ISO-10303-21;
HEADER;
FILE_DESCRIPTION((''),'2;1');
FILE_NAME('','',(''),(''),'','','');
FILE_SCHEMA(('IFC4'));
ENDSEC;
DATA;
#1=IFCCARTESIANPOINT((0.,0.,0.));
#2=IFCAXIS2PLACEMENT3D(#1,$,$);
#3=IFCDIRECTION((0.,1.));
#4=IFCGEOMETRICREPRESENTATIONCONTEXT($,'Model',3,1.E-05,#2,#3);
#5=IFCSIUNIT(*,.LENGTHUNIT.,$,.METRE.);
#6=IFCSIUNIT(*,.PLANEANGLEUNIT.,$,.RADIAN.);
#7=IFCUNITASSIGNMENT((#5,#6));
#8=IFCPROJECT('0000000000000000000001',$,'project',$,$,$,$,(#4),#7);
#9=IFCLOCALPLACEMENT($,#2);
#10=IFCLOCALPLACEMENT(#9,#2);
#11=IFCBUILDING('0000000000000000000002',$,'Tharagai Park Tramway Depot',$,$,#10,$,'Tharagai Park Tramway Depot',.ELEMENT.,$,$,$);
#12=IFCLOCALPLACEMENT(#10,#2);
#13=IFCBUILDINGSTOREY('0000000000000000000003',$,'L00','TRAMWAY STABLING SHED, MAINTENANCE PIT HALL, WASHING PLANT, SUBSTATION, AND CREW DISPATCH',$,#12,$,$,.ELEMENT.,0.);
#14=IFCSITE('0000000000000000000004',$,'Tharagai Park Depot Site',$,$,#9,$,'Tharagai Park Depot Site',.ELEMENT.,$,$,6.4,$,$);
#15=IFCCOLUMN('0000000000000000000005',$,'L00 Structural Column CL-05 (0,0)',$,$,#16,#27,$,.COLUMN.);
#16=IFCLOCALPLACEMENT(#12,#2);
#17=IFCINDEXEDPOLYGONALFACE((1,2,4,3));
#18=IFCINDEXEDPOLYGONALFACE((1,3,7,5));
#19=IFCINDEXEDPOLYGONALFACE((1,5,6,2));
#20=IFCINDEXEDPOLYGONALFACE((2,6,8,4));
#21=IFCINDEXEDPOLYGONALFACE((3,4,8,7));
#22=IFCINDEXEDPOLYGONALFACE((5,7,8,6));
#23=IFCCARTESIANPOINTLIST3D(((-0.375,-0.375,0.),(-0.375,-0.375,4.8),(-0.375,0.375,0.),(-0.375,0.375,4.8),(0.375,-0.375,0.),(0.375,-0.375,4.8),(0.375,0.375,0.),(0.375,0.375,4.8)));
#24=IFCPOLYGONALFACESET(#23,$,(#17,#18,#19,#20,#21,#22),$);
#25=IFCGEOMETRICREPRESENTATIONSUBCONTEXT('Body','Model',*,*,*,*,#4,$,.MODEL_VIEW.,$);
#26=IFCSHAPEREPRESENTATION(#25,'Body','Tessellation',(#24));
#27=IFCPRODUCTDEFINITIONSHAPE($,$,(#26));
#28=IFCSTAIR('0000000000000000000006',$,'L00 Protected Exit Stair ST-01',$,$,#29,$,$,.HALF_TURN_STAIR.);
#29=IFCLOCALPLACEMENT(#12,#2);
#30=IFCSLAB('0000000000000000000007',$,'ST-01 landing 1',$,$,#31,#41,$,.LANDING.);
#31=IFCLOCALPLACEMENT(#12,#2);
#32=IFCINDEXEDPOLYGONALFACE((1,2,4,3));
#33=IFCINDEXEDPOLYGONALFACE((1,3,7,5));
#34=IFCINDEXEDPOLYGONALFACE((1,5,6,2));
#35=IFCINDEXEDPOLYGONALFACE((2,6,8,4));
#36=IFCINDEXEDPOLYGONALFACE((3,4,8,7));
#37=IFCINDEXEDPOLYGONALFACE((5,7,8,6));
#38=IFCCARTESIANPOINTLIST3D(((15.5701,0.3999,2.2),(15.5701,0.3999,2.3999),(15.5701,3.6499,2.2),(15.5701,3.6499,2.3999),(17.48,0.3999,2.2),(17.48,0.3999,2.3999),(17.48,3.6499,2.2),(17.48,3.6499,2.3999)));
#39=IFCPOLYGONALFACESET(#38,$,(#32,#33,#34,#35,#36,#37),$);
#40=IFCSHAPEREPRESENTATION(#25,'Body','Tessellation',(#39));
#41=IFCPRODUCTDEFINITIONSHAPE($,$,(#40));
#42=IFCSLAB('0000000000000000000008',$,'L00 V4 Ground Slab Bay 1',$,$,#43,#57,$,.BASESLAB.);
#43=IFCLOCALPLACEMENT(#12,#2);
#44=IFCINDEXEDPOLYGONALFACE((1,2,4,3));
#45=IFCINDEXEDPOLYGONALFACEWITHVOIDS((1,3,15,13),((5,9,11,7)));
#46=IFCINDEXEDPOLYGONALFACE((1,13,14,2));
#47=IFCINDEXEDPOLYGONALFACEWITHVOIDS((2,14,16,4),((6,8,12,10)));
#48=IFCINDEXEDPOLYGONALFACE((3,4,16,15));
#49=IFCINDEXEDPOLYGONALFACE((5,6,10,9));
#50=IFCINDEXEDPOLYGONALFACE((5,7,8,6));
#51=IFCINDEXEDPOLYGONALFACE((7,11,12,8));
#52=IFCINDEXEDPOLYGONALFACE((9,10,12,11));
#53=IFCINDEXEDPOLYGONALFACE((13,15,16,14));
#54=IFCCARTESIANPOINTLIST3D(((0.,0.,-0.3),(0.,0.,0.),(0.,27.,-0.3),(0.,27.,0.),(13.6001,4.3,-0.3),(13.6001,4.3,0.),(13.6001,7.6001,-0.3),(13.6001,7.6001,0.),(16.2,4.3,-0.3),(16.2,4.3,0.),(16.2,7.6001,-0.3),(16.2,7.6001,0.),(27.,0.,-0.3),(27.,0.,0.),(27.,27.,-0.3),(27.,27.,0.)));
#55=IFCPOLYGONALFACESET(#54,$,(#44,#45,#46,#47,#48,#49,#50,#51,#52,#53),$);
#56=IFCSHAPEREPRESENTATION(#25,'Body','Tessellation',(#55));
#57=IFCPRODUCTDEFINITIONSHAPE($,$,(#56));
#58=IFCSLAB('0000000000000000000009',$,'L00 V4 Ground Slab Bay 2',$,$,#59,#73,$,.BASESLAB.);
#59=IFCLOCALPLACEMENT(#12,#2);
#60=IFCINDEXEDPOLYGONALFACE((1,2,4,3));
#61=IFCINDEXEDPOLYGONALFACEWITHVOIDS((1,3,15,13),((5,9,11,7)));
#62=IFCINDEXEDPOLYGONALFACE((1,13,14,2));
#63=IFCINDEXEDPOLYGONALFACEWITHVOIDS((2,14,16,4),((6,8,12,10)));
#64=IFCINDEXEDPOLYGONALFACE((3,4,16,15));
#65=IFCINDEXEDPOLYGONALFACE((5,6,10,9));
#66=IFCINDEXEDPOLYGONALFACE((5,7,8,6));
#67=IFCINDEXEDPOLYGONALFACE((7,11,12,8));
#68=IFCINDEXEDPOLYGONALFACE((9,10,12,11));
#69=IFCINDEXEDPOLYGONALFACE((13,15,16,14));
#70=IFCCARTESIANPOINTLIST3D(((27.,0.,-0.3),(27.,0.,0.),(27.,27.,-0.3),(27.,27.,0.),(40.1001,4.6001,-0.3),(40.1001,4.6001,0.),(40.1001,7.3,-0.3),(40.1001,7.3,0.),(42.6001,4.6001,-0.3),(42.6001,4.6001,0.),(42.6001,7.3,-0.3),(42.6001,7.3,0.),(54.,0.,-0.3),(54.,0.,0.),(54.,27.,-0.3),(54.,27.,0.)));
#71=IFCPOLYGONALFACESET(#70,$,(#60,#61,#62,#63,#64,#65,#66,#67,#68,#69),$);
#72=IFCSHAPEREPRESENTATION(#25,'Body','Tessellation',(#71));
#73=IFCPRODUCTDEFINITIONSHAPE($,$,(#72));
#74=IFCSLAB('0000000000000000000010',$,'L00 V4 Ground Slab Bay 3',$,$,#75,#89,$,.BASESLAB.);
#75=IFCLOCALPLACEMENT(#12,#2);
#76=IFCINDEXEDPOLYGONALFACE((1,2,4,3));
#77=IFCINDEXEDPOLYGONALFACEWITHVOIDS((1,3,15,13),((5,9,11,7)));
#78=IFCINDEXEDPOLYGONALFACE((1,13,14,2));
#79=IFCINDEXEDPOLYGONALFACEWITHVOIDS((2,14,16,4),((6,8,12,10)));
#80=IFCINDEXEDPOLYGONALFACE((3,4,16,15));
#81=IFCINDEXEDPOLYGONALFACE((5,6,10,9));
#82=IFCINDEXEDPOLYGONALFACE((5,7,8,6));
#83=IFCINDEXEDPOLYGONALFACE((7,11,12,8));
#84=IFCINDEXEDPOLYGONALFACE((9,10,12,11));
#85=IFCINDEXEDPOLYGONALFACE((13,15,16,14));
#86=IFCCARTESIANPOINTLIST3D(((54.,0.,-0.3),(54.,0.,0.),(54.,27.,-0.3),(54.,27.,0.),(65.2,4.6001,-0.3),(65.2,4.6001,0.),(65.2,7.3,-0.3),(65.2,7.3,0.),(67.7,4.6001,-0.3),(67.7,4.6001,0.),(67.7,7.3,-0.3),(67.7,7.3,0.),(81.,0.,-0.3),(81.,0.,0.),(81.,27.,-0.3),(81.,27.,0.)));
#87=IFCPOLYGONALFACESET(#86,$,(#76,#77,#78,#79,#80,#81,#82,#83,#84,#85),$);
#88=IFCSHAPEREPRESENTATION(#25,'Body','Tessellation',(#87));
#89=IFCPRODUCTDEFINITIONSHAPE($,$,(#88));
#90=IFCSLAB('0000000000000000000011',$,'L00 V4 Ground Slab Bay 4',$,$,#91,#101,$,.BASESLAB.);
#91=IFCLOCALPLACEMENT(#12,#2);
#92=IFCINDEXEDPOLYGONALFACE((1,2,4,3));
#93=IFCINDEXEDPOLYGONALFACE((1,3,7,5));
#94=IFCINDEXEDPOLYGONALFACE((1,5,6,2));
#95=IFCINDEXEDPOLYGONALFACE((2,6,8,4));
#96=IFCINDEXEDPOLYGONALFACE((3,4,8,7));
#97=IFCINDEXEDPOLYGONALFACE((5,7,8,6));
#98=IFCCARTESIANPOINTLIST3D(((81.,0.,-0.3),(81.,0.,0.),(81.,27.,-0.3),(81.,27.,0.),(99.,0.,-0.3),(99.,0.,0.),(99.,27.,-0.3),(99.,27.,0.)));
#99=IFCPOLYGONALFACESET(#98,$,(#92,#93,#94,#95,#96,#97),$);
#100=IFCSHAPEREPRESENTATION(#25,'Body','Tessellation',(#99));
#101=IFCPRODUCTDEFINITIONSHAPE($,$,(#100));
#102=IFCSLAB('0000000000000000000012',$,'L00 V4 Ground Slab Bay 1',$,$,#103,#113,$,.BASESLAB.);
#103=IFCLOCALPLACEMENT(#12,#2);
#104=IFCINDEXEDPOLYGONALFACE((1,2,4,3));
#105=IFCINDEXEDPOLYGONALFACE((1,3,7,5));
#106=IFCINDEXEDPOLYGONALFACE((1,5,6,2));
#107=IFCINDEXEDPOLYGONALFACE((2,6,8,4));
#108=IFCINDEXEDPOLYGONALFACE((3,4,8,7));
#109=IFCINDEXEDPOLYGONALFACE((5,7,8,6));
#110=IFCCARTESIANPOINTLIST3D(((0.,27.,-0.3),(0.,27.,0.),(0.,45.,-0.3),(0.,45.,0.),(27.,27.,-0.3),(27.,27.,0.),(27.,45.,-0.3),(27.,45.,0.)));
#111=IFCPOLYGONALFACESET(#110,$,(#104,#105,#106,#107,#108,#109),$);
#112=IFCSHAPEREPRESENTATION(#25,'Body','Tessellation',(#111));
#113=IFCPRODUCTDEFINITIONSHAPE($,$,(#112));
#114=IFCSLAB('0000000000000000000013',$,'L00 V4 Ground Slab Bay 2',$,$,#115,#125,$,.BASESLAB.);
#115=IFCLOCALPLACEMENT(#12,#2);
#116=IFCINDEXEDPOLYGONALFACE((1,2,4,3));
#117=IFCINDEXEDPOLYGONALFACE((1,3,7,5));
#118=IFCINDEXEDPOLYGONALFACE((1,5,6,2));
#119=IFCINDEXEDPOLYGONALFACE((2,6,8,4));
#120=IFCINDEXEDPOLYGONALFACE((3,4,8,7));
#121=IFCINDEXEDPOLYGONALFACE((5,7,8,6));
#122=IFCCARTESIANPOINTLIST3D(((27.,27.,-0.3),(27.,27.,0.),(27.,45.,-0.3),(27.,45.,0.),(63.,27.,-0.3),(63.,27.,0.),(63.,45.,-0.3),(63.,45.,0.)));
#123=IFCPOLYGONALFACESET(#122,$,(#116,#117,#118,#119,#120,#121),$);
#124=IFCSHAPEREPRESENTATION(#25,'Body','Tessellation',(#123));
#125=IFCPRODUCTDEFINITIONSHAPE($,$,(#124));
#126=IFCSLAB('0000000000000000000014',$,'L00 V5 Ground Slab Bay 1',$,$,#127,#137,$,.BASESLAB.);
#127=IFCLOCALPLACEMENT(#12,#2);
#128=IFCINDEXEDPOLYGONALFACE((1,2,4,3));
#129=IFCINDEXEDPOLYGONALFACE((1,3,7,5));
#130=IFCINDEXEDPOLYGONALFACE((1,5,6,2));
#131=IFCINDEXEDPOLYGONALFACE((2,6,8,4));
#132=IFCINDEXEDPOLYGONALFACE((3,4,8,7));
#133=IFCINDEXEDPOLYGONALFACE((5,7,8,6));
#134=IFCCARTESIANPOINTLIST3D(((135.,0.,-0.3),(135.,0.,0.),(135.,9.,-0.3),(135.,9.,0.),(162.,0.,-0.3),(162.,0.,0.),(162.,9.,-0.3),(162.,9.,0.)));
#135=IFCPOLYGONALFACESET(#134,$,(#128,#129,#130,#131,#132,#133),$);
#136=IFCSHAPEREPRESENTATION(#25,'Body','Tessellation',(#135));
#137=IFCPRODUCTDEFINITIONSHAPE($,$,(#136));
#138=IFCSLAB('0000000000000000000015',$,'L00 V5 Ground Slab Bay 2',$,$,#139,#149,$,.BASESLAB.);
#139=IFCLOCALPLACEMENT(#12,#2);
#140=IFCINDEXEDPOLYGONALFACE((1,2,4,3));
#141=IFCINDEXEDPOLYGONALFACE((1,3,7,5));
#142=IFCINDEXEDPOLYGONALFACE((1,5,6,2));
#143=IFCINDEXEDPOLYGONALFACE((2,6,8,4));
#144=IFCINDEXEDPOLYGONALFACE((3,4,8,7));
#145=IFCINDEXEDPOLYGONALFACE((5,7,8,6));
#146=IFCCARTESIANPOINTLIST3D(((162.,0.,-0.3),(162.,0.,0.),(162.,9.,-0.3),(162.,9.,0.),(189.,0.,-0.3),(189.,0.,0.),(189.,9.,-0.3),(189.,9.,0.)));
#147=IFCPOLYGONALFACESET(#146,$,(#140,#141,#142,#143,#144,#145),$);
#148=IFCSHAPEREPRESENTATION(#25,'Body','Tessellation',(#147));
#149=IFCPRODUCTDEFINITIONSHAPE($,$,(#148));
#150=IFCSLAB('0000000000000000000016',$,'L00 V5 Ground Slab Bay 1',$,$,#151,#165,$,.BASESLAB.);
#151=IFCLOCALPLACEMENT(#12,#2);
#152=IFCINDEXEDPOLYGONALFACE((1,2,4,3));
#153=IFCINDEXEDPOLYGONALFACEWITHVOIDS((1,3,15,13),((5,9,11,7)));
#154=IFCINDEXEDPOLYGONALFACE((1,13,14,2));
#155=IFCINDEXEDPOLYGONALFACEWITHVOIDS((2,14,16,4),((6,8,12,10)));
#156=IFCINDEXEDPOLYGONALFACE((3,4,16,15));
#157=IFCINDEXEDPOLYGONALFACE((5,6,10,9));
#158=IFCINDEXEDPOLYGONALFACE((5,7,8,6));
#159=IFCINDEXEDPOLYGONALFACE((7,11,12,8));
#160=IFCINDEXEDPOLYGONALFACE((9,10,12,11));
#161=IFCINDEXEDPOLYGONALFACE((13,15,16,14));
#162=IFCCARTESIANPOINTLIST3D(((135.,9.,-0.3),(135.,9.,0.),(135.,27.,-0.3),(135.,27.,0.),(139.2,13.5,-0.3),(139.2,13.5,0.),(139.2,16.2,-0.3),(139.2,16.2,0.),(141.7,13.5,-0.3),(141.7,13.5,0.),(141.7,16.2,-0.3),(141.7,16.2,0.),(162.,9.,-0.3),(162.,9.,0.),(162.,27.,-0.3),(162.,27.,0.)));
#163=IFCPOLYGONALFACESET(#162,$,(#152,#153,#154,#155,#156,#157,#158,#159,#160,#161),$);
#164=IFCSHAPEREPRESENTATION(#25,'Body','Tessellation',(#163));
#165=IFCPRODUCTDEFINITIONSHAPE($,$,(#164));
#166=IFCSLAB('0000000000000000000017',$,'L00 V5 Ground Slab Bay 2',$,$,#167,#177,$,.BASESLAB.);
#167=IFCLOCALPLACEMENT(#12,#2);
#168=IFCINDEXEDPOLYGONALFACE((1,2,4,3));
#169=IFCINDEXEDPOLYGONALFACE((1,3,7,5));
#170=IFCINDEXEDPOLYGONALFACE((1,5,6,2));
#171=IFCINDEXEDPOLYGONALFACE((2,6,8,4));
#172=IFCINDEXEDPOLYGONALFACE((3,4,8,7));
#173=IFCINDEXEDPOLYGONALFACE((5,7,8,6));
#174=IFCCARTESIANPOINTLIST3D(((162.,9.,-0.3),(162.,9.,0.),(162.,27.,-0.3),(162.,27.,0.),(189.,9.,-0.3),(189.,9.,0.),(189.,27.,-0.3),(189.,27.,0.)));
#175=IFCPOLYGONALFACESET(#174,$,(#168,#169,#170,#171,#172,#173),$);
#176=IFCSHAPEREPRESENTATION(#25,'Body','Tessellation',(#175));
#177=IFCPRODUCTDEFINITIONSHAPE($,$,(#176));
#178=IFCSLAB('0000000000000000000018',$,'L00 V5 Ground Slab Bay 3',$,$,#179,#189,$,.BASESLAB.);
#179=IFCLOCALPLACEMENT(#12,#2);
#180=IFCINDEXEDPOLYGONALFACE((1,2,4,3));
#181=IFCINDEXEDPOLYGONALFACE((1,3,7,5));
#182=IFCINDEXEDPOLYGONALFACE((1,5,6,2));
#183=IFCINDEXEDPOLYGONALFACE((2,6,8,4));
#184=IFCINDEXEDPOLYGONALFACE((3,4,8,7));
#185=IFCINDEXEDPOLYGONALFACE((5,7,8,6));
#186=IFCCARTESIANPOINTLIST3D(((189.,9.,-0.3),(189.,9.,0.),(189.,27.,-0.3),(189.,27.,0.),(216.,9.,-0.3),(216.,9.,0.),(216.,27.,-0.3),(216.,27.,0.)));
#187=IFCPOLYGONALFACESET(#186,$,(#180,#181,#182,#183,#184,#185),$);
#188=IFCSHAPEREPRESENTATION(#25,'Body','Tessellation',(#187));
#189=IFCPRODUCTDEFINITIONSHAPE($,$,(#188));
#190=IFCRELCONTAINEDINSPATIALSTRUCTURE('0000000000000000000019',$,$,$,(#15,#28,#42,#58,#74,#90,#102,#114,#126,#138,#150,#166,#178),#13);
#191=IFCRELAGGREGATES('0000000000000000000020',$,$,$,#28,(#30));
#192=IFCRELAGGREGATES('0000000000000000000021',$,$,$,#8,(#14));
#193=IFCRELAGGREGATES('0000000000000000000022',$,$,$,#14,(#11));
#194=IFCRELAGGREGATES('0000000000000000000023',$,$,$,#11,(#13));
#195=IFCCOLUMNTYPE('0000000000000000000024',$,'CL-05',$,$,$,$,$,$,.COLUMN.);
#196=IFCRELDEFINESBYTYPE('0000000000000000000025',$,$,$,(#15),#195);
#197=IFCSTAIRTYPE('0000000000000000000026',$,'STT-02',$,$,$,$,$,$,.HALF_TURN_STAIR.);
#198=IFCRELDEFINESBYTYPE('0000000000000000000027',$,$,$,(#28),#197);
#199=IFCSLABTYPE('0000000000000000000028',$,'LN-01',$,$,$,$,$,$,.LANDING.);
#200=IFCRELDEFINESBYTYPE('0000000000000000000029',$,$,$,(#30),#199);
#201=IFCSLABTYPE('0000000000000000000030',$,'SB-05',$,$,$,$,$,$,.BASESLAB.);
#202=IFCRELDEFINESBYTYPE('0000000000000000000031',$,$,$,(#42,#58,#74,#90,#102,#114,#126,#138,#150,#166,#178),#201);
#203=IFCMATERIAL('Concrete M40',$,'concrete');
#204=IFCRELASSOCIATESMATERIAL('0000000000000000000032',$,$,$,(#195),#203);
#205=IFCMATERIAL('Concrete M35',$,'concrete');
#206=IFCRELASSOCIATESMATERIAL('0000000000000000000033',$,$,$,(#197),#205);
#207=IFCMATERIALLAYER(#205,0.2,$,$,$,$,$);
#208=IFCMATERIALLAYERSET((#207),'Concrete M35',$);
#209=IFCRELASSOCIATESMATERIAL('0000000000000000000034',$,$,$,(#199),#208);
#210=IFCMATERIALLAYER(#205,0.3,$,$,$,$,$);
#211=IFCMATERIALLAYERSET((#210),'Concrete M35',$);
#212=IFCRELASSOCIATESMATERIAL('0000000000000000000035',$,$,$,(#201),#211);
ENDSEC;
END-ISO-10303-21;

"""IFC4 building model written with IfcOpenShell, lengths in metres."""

from ifc_helpers import new_model, si_unit, direction, frame, origin, origin_with_axes, origin_2d, place, context, subcontext, project, spatial, polyline, rectangle, outline, extrude, material, layer, layer_set, material_profile, profile_set, type_object, element, aggregate, save


model = new_model("IFC4")

# Units and contexts
model_context = context("Model", 3, precision=1e-05, world=origin(), true_north=direction((0.0, 1.0)))
body_context = subcontext(model_context, "Body", "Model", "MODEL_VIEW")
ifc_project = project(units=[si_unit("LENGTHUNIT", "METRE"), si_unit("PLANEANGLEUNIT", "RADIAN")], contexts=[model_context])

# Site, building, storey
site_placement = place(None, origin())
site = spatial("IfcSite", under=ifc_project, at=site_placement, Name="Tharagai Park Depot Site", LongName="Tharagai Park Depot Site", CompositionType="ELEMENT", RefElevation=6.4)
building_placement = place(site_placement, origin())
building = spatial("IfcBuilding", under=site, at=building_placement, Name="Tharagai Park Tramway Depot", LongName="Tharagai Park Tramway Depot", CompositionType="ELEMENT")
storey_placement = place(building_placement, origin())
storey = spatial("IfcBuildingStorey", under=building, at=storey_placement, Name="L00", Description="TRAMWAY STABLING SHED, MAINTENANCE PIT HALL, WASHING PLANT, SUBSTATION, AND CREW DISPATCH", CompositionType="ELEMENT", Elevation=0.0)

# Column
ifc_material_1 = material(Name="Concrete M40", Category="concrete")
ifc_material_profile = material_profile(ifc_material_1, rectangle(XDim=0.75, YDim=0.75, at=origin_2d()), Name="RC 750x750")
ifc_profile_set = profile_set([ifc_material_profile], Name="Concrete M40")
column_type = type_object("IfcColumnType", Name="CL-05", PredefinedType="COLUMN", material=ifc_profile_set)
column_placement = place(storey_placement, origin_with_axes())
element("IfcColumn", 1, at=column_placement, inside=storey, type_object=column_type, Name="L00 Structural Column CL-05 (0,0)", PredefinedType="COLUMN", context=body_context, shape_type="SweptSolid", body=[
    extrude(rectangle(XDim=0.75, YDim=0.75, at=origin_2d()), origin(), (0.0, 0.0, 1.0), 4.8),
])

# Stair, slab
ifc_material_2 = material(Name="Concrete M35", Category="concrete")
stair_type = type_object("IfcStairType", Name="STT-02", PredefinedType="HALF_TURN_STAIR", material=ifc_material_2)
stair_placement = place(storey_placement, origin())
stair = element("IfcStair", 2, at=stair_placement, inside=storey, type_object=stair_type, Name="L00 Protected Exit Stair ST-01", PredefinedType="HALF_TURN_STAIR")
ifc_layer_1 = layer(ifc_material_2, 0.2)
ifc_layer_set_1 = layer_set([ifc_layer_1], Name="Concrete M35")
slab_type_1 = type_object("IfcSlabType", Name="LN-01", PredefinedType="LANDING", material=ifc_layer_set_1)
slab_1_placement = place(storey_placement, frame((0.0, 0.0, 2.2)))
slab_1 = element("IfcSlab", 3, at=slab_1_placement, type_object=slab_type_1, Name="ST-01 landing 1", PredefinedType="LANDING", context=body_context, shape_type="SweptSolid", body=[
    extrude(outline(polyline([(15.5701, 0.3999), (17.48, 0.3999), (17.48, 3.6499), (15.5701, 3.6499), (15.5701, 0.3999)])), origin(), (0.0, 0.0, 1.0), 0.2),
])
aggregate(stair, [slab_1])

# Slabs
ifc_layer_2 = layer(ifc_material_2, 0.3)
ifc_layer_set_2 = layer_set([ifc_layer_2], Name="Concrete M35")
slab_type_2 = type_object("IfcSlabType", Name="SB-05", PredefinedType="BASESLAB", material=ifc_layer_set_2)
slab_2_placement = place(storey_placement, frame((0.0, 0.0, -0.3)))
element("IfcSlab", 4, at=slab_2_placement, inside=storey, type_object=slab_type_2, Name="L00 V4 Ground Slab Bay 1", PredefinedType="BASESLAB", context=body_context, shape_type="SweptSolid", body=[
    extrude(outline(polyline([(0.0, 0.0), (27.0, 0.0), (27.0, 27.0), (0.0, 27.0), (0.0, 0.0)]), holes=[polyline([(13.6001, 4.3), (16.2, 4.3), (16.2, 7.6001), (13.6001, 7.6001), (13.6001, 4.3)])]), origin(), (0.0, 0.0, 1.0), 0.3),
])
slab_3_placement = place(storey_placement, frame((0.0, 0.0, -0.3)))
element("IfcSlab", 5, at=slab_3_placement, inside=storey, type_object=slab_type_2, Name="L00 V4 Ground Slab Bay 2", PredefinedType="BASESLAB", context=body_context, shape_type="SweptSolid", body=[
    extrude(outline(polyline([(27.0, 0.0), (54.0, 0.0), (54.0, 27.0), (27.0, 27.0), (27.0, 0.0)]), holes=[polyline([(40.1001, 4.6001), (42.6001, 4.6001), (42.6001, 7.3), (40.1001, 7.3), (40.1001, 4.6001)])]), origin(), (0.0, 0.0, 1.0), 0.3),
])
slab_4_placement = place(storey_placement, frame((0.0, 0.0, -0.3)))
element("IfcSlab", 6, at=slab_4_placement, inside=storey, type_object=slab_type_2, Name="L00 V4 Ground Slab Bay 3", PredefinedType="BASESLAB", context=body_context, shape_type="SweptSolid", body=[
    extrude(outline(polyline([(54.0, 0.0), (81.0, 0.0), (81.0, 27.0), (54.0, 27.0), (54.0, 0.0)]), holes=[polyline([(65.2, 4.6001), (67.7, 4.6001), (67.7, 7.3), (65.2, 7.3), (65.2, 4.6001)])]), origin(), (0.0, 0.0, 1.0), 0.3),
])
slab_5_placement = place(storey_placement, frame((0.0, 0.0, -0.3)))
element("IfcSlab", 7, at=slab_5_placement, inside=storey, type_object=slab_type_2, Name="L00 V4 Ground Slab Bay 4", PredefinedType="BASESLAB", context=body_context, shape_type="SweptSolid", body=[
    extrude(outline(polyline([(81.0, 0.0), (99.0, 0.0), (99.0, 27.0), (81.0, 27.0), (81.0, 0.0)])), origin(), (0.0, 0.0, 1.0), 0.3),
])
slab_6_placement = place(storey_placement, frame((0.0, 0.0, -0.3)))
element("IfcSlab", 8, at=slab_6_placement, inside=storey, type_object=slab_type_2, Name="L00 V4 Ground Slab Bay 1", PredefinedType="BASESLAB", context=body_context, shape_type="SweptSolid", body=[
    extrude(outline(polyline([(0.0, 27.0), (27.0, 27.0), (27.0, 45.0), (0.0, 45.0), (0.0, 27.0)])), origin(), (0.0, 0.0, 1.0), 0.3),
])
slab_7_placement = place(storey_placement, frame((0.0, 0.0, -0.3)))
element("IfcSlab", 9, at=slab_7_placement, inside=storey, type_object=slab_type_2, Name="L00 V4 Ground Slab Bay 2", PredefinedType="BASESLAB", context=body_context, shape_type="SweptSolid", body=[
    extrude(outline(polyline([(27.0, 27.0), (63.0, 27.0), (63.0, 45.0), (27.0, 45.0), (27.0, 27.0)])), origin(), (0.0, 0.0, 1.0), 0.3),
])
slab_8_placement = place(storey_placement, frame((0.0, 0.0, -0.3)))
element("IfcSlab", 10, at=slab_8_placement, inside=storey, type_object=slab_type_2, Name="L00 V5 Ground Slab Bay 1", PredefinedType="BASESLAB", context=body_context, shape_type="SweptSolid", body=[
    extrude(outline(polyline([(135.0, 0.0), (162.0, 0.0), (162.0, 9.0), (135.0, 9.0), (135.0, 0.0)])), origin(), (0.0, 0.0, 1.0), 0.3),
])
slab_9_placement = place(storey_placement, frame((0.0, 0.0, -0.3)))
element("IfcSlab", 11, at=slab_9_placement, inside=storey, type_object=slab_type_2, Name="L00 V5 Ground Slab Bay 2", PredefinedType="BASESLAB", context=body_context, shape_type="SweptSolid", body=[
    extrude(outline(polyline([(162.0, 0.0), (189.0, 0.0), (189.0, 9.0), (162.0, 9.0), (162.0, 0.0)])), origin(), (0.0, 0.0, 1.0), 0.3),
])
slab_10_placement = place(storey_placement, frame((0.0, 0.0, -0.3)))
element("IfcSlab", 12, at=slab_10_placement, inside=storey, type_object=slab_type_2, Name="L00 V5 Ground Slab Bay 1", PredefinedType="BASESLAB", context=body_context, shape_type="SweptSolid", body=[
    extrude(outline(polyline([(135.0, 9.0), (162.0, 9.0), (162.0, 27.0), (135.0, 27.0), (135.0, 9.0)]), holes=[polyline([(139.2, 13.5), (141.7, 13.5), (141.7, 16.2), (139.2, 16.2), (139.2, 13.5)])]), origin(), (0.0, 0.0, 1.0), 0.3),
])
slab_11_placement = place(storey_placement, frame((0.0, 0.0, -0.3)))
element("IfcSlab", 13, at=slab_11_placement, inside=storey, type_object=slab_type_2, Name="L00 V5 Ground Slab Bay 2", PredefinedType="BASESLAB", context=body_context, shape_type="SweptSolid", body=[
    extrude(outline(polyline([(162.0, 9.0), (189.0, 9.0), (189.0, 27.0), (162.0, 27.0), (162.0, 9.0)])), origin(), (0.0, 0.0, 1.0), 0.3),
])
slab_12_placement = place(storey_placement, frame((0.0, 0.0, -0.3)))
element("IfcSlab", 14, at=slab_12_placement, inside=storey, type_object=slab_type_2, Name="L00 V5 Ground Slab Bay 3", PredefinedType="BASESLAB", context=body_context, shape_type="SweptSolid", body=[
    extrude(outline(polyline([(189.0, 9.0), (216.0, 9.0), (216.0, 27.0), (189.0, 27.0), (189.0, 9.0)])), origin(), (0.0, 0.0, 1.0), 0.3),
])

save(model, "model.ifc")
